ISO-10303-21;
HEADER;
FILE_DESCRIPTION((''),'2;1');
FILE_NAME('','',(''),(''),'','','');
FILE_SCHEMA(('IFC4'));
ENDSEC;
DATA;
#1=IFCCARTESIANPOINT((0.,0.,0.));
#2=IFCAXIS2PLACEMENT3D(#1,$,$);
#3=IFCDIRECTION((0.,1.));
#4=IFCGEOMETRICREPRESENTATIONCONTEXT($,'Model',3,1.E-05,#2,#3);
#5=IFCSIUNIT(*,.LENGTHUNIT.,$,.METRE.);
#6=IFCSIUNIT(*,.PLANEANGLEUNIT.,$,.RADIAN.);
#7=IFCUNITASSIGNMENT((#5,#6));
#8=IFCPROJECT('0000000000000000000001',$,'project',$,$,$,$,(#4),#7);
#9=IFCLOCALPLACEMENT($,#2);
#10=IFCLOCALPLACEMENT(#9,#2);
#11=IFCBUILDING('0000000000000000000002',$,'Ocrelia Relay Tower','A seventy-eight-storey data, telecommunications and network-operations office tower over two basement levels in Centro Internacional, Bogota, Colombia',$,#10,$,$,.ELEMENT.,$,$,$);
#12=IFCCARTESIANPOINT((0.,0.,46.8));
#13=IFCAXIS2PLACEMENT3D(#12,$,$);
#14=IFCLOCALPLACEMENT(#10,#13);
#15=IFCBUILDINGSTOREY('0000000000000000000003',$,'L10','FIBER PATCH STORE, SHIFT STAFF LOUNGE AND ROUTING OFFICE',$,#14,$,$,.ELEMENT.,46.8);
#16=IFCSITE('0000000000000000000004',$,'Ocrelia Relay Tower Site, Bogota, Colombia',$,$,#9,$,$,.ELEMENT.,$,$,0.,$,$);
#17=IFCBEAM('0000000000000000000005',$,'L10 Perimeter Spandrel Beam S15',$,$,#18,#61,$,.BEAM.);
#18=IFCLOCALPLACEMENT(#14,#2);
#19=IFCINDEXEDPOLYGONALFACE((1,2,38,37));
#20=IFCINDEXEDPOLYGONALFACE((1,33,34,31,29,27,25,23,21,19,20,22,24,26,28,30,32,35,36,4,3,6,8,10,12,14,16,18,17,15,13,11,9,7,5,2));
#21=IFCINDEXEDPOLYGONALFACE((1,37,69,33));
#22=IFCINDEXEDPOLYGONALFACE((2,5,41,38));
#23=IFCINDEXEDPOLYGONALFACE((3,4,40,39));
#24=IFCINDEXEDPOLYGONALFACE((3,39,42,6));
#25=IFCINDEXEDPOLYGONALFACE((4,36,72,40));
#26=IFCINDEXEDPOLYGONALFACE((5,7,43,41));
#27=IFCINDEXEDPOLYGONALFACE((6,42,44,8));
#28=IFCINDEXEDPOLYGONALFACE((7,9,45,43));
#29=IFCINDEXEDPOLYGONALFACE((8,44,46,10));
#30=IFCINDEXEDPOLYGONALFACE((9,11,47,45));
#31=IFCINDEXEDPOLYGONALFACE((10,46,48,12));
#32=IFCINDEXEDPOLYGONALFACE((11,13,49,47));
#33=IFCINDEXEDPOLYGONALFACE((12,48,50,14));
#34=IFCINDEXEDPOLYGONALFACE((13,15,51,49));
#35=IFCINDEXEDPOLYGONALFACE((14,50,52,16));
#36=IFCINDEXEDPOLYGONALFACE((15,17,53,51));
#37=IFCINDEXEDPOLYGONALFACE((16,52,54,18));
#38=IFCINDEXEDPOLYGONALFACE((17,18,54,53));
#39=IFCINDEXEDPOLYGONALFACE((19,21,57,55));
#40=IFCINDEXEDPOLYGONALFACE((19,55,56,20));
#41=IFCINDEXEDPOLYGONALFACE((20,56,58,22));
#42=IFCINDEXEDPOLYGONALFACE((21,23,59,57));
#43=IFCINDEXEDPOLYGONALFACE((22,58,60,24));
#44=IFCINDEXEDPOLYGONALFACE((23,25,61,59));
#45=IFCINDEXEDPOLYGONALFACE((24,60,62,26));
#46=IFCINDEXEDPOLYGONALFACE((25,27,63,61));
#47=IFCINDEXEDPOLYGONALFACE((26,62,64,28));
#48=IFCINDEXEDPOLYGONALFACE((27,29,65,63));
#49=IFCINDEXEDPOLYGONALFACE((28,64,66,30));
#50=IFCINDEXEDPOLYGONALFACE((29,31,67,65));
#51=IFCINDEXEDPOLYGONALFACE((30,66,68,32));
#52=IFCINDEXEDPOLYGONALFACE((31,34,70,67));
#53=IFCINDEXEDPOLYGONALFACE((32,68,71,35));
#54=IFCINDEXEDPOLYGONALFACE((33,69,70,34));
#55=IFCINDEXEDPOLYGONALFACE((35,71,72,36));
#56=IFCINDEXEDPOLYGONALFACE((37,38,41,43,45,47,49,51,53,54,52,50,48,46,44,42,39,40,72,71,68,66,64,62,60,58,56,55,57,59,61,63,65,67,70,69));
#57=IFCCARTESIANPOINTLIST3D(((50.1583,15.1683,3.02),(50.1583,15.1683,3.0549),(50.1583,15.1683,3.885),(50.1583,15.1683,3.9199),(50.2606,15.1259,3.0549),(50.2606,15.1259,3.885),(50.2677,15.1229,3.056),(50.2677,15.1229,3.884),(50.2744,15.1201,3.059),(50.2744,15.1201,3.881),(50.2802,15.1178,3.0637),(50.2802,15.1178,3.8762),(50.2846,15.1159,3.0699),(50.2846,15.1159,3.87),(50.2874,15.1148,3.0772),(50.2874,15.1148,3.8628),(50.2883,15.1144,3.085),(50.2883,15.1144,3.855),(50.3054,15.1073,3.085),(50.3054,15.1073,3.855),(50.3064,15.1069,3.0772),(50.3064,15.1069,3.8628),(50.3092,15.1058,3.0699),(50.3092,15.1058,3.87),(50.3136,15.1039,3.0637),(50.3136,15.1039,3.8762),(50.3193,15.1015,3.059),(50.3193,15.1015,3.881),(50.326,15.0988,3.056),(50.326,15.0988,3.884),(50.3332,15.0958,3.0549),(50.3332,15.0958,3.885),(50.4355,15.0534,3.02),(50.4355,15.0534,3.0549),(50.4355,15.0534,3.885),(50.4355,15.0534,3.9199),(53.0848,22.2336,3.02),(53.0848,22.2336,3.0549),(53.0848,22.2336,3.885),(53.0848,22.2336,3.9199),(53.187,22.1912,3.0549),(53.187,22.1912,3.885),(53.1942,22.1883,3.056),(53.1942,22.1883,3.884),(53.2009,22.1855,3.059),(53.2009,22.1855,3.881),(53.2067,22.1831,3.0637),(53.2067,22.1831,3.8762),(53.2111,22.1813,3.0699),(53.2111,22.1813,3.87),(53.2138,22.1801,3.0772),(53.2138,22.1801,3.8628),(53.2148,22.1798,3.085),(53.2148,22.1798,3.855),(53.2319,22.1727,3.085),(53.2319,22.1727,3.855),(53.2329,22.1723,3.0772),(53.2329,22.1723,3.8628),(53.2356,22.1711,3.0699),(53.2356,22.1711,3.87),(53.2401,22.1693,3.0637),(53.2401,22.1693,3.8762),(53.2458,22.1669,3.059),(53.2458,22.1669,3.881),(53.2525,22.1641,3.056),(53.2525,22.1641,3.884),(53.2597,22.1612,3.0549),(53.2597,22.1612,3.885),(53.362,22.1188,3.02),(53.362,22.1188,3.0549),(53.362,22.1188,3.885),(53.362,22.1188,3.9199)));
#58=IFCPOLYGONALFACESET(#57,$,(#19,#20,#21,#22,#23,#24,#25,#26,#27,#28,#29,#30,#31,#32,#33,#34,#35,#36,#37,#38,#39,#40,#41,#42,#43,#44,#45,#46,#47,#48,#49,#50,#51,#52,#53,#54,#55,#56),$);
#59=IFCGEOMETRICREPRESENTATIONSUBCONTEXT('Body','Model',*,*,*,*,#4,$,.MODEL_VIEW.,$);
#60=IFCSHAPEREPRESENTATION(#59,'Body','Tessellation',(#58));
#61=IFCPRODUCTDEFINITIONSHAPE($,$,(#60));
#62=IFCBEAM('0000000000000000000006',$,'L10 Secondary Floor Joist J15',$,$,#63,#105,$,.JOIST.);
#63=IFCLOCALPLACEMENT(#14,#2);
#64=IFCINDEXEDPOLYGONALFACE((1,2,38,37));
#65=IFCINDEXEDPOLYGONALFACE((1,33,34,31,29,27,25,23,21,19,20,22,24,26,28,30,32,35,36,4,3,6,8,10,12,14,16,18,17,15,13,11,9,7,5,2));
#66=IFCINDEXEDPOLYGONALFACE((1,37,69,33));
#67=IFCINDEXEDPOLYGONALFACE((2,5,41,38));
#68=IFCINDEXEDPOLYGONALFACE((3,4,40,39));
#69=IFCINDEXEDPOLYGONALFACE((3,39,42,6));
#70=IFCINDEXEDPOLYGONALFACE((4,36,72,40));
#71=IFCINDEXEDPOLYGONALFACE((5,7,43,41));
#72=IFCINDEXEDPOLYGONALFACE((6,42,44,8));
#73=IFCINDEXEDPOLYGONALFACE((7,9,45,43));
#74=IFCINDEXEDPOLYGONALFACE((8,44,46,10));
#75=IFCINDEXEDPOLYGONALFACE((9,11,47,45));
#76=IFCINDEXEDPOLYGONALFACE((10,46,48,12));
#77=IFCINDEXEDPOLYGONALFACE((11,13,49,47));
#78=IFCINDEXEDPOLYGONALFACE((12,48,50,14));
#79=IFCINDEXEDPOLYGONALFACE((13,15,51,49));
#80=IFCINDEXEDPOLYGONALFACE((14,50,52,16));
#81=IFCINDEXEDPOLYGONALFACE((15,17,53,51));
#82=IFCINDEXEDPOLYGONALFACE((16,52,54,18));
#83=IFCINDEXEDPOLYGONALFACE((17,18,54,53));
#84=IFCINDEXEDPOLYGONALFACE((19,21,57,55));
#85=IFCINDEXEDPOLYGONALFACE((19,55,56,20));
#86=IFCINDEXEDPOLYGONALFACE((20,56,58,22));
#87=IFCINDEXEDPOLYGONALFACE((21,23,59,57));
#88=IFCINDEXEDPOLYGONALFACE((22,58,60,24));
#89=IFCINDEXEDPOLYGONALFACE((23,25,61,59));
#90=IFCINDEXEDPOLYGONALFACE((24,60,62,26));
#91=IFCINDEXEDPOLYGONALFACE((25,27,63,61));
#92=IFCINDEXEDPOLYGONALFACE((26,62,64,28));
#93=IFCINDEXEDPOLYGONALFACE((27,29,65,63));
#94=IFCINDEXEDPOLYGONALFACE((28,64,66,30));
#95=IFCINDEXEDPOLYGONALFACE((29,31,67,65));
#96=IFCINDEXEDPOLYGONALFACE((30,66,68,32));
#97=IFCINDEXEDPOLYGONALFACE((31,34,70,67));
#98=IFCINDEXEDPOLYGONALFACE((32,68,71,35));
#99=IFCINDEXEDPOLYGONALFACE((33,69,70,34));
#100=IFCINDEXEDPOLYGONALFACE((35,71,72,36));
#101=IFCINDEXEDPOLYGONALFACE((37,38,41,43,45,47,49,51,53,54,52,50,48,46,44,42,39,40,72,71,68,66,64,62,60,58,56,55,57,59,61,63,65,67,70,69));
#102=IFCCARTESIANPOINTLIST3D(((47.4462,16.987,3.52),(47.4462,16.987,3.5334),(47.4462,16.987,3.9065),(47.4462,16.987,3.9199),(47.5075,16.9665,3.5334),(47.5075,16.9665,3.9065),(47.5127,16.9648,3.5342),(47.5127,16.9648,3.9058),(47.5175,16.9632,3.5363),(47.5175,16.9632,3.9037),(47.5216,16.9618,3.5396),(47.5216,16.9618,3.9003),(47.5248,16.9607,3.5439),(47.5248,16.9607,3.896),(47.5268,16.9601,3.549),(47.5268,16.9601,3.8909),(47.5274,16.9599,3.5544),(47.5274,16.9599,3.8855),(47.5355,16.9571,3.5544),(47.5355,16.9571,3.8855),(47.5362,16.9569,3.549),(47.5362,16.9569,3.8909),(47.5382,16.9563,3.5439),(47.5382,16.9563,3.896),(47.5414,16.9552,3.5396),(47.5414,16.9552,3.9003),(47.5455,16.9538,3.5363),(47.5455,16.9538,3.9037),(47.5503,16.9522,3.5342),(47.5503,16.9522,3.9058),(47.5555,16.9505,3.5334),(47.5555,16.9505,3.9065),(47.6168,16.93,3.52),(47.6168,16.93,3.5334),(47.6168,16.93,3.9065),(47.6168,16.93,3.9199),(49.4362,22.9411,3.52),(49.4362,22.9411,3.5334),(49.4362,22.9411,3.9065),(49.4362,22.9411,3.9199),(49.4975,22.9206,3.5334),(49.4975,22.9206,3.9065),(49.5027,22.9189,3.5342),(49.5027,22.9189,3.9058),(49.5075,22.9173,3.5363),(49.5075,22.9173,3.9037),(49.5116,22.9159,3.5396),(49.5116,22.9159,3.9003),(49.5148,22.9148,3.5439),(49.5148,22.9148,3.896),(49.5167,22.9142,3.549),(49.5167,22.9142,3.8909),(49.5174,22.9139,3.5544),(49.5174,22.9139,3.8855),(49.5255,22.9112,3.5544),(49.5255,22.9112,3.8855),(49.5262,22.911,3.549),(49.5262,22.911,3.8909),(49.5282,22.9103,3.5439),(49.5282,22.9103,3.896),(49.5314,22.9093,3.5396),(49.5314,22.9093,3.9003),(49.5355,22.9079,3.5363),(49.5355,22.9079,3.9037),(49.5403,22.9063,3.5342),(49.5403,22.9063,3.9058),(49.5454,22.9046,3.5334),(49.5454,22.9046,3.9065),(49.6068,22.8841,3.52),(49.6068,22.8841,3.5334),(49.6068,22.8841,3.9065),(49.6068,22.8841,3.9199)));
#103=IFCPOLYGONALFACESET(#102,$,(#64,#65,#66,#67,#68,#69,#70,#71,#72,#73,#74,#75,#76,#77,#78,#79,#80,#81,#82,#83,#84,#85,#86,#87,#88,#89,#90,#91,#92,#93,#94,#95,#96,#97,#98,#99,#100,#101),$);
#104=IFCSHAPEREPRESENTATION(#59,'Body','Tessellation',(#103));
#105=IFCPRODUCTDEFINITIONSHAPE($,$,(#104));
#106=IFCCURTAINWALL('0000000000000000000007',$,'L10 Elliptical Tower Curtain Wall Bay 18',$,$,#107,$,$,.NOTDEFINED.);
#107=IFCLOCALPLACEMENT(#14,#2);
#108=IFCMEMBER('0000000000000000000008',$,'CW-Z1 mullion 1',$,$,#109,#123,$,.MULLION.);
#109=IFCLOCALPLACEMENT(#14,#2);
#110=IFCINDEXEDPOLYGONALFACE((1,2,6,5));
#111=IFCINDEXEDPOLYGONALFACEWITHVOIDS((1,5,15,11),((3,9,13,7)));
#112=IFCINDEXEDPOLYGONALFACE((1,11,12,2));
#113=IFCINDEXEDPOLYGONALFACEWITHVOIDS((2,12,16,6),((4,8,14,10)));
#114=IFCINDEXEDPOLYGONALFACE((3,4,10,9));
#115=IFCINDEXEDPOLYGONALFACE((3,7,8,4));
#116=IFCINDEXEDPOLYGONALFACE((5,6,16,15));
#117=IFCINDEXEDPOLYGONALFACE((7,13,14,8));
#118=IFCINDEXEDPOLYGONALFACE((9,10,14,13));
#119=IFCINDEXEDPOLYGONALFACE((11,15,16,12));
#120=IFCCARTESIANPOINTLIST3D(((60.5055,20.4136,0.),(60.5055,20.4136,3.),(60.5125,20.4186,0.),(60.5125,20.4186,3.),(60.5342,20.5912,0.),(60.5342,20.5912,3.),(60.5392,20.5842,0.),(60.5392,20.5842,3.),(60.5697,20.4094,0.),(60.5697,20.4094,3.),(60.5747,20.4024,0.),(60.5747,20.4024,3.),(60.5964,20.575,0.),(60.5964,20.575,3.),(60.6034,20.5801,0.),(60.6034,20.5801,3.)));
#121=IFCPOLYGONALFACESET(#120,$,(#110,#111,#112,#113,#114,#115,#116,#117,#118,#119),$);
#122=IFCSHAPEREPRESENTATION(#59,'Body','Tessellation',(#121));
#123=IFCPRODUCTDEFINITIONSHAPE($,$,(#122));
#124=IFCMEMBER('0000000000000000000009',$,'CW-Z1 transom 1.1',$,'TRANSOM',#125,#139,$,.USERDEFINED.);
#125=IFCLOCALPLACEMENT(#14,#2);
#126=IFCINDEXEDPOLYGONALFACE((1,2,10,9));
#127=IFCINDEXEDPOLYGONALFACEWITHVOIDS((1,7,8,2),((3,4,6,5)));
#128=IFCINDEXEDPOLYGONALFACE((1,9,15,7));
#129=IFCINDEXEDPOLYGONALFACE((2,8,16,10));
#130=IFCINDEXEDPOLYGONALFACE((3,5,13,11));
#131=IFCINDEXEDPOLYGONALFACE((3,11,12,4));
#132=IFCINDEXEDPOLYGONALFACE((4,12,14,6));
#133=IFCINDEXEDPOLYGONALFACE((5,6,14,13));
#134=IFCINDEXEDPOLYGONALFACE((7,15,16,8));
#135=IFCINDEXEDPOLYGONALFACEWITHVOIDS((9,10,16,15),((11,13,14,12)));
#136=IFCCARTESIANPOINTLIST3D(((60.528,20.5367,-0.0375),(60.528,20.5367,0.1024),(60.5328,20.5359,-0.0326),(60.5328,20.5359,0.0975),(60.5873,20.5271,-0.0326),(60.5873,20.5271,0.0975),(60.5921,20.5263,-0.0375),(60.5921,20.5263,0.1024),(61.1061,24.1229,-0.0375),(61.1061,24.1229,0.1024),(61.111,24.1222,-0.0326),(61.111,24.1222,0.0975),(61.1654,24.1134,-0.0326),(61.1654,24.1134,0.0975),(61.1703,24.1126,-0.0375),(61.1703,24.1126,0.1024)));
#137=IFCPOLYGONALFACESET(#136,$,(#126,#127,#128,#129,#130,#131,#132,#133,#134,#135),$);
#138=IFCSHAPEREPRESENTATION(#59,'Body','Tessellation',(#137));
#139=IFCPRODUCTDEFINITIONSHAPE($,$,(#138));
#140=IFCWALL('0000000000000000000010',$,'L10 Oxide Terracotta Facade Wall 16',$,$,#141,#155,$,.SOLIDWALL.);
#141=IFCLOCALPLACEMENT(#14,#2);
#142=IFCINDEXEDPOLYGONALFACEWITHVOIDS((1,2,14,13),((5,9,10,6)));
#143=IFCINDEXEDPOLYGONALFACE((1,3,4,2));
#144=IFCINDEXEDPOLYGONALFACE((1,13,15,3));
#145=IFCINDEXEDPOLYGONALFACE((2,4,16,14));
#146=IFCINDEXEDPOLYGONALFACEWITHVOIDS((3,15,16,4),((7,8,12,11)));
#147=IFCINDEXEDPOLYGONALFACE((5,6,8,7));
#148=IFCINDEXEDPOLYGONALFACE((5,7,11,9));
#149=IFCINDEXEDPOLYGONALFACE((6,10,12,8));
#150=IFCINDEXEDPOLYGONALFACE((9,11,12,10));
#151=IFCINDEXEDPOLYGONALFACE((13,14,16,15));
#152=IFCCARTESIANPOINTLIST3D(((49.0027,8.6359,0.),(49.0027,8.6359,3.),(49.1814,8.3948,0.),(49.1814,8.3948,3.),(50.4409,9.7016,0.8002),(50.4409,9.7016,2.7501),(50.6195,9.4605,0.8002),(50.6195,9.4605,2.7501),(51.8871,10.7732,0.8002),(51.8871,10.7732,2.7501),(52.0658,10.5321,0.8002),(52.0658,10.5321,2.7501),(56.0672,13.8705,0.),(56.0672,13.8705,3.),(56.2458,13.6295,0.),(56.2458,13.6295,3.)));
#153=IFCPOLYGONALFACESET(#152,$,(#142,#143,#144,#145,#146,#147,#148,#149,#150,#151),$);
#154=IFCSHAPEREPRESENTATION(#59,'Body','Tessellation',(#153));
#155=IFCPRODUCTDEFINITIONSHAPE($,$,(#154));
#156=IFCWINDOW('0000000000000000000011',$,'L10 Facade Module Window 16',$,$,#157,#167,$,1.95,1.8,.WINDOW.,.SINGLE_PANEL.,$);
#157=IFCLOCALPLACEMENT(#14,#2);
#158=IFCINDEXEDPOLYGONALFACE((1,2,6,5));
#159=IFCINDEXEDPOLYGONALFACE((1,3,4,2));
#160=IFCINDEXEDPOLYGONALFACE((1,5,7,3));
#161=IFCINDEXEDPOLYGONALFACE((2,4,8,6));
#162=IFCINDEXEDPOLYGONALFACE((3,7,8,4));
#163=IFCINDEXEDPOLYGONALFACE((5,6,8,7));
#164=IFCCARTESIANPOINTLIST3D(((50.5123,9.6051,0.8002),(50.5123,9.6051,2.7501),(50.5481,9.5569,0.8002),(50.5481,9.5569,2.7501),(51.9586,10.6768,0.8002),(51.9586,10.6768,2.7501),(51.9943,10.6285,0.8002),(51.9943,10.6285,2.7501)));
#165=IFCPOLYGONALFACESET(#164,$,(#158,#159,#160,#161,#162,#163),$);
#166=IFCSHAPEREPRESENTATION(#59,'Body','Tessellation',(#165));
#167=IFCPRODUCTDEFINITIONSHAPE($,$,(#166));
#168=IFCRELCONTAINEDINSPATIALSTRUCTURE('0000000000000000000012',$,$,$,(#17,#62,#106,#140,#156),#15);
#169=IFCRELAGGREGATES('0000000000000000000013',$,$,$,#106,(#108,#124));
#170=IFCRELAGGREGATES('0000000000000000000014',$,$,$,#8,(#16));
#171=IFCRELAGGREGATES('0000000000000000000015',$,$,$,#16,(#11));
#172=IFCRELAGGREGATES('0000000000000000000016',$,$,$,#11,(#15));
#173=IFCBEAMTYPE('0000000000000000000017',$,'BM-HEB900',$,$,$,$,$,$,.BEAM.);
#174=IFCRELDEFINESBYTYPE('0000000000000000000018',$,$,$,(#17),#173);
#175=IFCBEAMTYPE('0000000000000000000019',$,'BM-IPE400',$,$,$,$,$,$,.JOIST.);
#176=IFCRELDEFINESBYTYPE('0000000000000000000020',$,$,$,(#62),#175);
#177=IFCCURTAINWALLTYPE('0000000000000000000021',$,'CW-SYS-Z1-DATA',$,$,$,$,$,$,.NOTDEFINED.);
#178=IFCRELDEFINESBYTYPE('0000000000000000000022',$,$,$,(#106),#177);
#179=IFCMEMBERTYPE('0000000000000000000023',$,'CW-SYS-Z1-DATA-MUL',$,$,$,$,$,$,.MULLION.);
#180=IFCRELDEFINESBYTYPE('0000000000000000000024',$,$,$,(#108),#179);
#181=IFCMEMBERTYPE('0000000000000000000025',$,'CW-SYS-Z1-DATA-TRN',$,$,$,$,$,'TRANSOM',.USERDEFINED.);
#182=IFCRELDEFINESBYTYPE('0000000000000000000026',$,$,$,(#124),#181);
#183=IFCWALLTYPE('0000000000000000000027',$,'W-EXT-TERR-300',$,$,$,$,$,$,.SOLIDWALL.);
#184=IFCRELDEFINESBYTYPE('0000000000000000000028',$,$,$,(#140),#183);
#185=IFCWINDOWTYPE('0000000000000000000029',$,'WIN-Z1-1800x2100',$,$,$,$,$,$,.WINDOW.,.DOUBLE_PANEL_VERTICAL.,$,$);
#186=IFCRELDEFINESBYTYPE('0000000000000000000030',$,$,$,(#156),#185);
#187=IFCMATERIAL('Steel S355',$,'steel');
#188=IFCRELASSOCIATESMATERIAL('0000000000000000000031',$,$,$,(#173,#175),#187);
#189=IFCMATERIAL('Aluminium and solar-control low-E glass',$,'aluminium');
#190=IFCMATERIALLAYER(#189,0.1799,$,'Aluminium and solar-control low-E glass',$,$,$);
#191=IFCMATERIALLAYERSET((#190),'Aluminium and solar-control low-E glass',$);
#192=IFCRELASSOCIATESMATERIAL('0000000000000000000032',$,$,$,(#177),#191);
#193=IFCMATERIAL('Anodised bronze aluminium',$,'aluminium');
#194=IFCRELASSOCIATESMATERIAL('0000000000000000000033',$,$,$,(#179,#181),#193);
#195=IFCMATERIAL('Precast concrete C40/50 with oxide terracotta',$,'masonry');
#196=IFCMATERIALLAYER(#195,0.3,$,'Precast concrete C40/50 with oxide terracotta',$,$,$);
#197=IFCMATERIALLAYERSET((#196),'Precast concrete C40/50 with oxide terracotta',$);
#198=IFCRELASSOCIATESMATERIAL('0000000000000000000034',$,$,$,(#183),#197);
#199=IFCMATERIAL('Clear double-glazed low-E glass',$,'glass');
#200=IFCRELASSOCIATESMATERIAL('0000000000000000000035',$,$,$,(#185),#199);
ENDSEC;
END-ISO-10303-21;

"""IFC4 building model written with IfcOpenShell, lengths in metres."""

from ifc_helpers import new_model, si_unit, direction, frame, frame_2d, origin, origin_2d, place, context, subcontext, project, spatial, rectangle, hollow_rectangle, i_section, extrude, material, layer, layer_set, material_profile, profile_set, type_object, element, fill, aggregate, save


model = new_model("IFC4")

# Units and contexts
model_context = context("Model", 3, precision=1e-05, world=origin(), true_north=direction((0.0, 1.0)))
body_context = subcontext(model_context, "Body", "Model", "MODEL_VIEW")
ifc_project = project(units=[si_unit("LENGTHUNIT", "METRE"), si_unit("PLANEANGLEUNIT", "RADIAN")], contexts=[model_context])

# Site, building, storey
site_placement = place(None, origin())
site = spatial("IfcSite", under=ifc_project, at=site_placement, Name="Ocrelia Relay Tower Site, Bogota, Colombia", CompositionType="ELEMENT", RefElevation=0.0)
building_placement = place(site_placement, origin())
building = spatial("IfcBuilding", under=site, at=building_placement, Name="Ocrelia Relay Tower", Description="A seventy-eight-storey data, telecommunications and network-operations office tower over two basement levels in Centro Internacional, Bogota, Colombia", CompositionType="ELEMENT")
storey_placement = place(building_placement, frame((0.0, 0.0, 46.8)))
storey = spatial("IfcBuildingStorey", under=building, at=storey_placement, Name="L10", Description="FIBER PATCH STORE, SHIFT STAFF LOUNGE AND ROUTING OFFICE", CompositionType="ELEMENT", Elevation=46.8)

# Beams
ifc_material_1 = material(Name="Steel S355", Category="steel")
ifc_material_profile_1 = material_profile(ifc_material_1, i_section(OverallWidth=0.3, OverallDepth=0.8999, WebThickness=0.0186, FlangeThickness=0.0349, FilletRadius=0.03, at=origin_2d()), Name="HEB 900")
ifc_profile_set_1 = profile_set([ifc_material_profile_1], Name="Steel S355")
beam_type_1 = type_object("IfcBeamType", Name="BM-HEB900", PredefinedType="BEAM", material=ifc_profile_set_1)
beam_1_placement = place(storey_placement, frame((50.2969, 15.1108, 3.47), z_axis=(0.382674, 0.923883, 0.0), x_axis=(-0.923883, 0.382674, 0.0)))
element("IfcBeam", 1, at=beam_1_placement, inside=storey, type_object=beam_type_1, Name="L10 Perimeter Spandrel Beam S15", PredefinedType="BEAM", context=body_context, shape_type="SweptSolid", body=[
    extrude(i_section(OverallWidth=0.3, OverallDepth=0.8999, WebThickness=0.0186, FlangeThickness=0.0349, FilletRadius=0.03, at=origin_2d()), origin(), (0.0, 0.0, 1.0), 7.6475),
])
ifc_material_profile_2 = material_profile(ifc_material_1, i_section(OverallWidth=0.1799, OverallDepth=0.3999, WebThickness=0.0085, FlangeThickness=0.0134, FilletRadius=0.021, at=origin_2d()), Name="IPE 400")
ifc_profile_set_2 = profile_set([ifc_material_profile_2], Name="Steel S355")
beam_type_2 = type_object("IfcBeamType", Name="BM-IPE400", PredefinedType="JOIST", material=ifc_profile_set_2)
beam_2_placement = place(storey_placement, frame((47.5315, 16.9585, 3.72), z_axis=(0.316986, 0.94843, 0.0), x_axis=(-0.94843, 0.316986, 0.0)))
element("IfcBeam", 2, at=beam_2_placement, inside=storey, type_object=beam_type_2, Name="L10 Secondary Floor Joist J15", PredefinedType="JOIST", context=body_context, shape_type="SweptSolid", body=[
    extrude(i_section(OverallWidth=0.1799, OverallDepth=0.3999, WebThickness=0.0085, FlangeThickness=0.0134, FilletRadius=0.021, at=origin_2d()), origin(), (0.0, 0.0, 1.0), 6.2778),
])

# Curtain wall, members
ifc_material_2 = material(Name="Aluminium and solar-control low-E glass", Category="aluminium")
ifc_layer_1 = layer(ifc_material_2, 0.1799, Name="Aluminium and solar-control low-E glass")
ifc_layer_set_1 = layer_set([ifc_layer_1], Name="Aluminium and solar-control low-E glass")
curtain_wall_type = type_object("IfcCurtainWallType", Name="CW-SYS-Z1-DATA", PredefinedType="NOTDEFINED", material=ifc_layer_set_1)
curtain_wall_placement = place(storey_placement, origin())
curtain_wall = element("IfcCurtainWall", 3, at=curtain_wall_placement, inside=storey, type_object=curtain_wall_type, Name="L10 Elliptical Tower Curtain Wall Bay 18", PredefinedType="NOTDEFINED")
ifc_material_3 = material(Name="Anodised bronze aluminium", Category="aluminium")
ifc_material_profile_3 = material_profile(ifc_material_3, hollow_rectangle(XDim=0.0701, YDim=0.1799, WallThickness=0.0061, at=origin_2d()), Name="CW-MUL-180x70")
ifc_profile_set_3 = profile_set([ifc_material_profile_3], Name="Anodised bronze aluminium")
member_type_1 = type_object("IfcMemberType", Name="CW-SYS-Z1-DATA-MUL", PredefinedType="MULLION", material=ifc_profile_set_3)
member_1_placement = place(storey_placement, frame((60.5544, 20.4968, 0.0), z_axis=(0.0, 0.0, 1.0), x_axis=(-0.987246, 0.159201, 0.0)))
member_1 = element("IfcMember", 4, at=member_1_placement, type_object=member_type_1, Name="CW-Z1 mullion 1", PredefinedType="MULLION", context=body_context, shape_type="SweptSolid", body=[
    extrude(hollow_rectangle(XDim=0.0701, YDim=0.1799, WallThickness=0.0061, at=origin_2d()), origin(), (0.0, 0.0, 1.0), 3.0),
])
ifc_material_profile_4 = material_profile(ifc_material_3, hollow_rectangle(XDim=0.0649, YDim=0.1399, WallThickness=0.0049, at=origin_2d()), Name="CW-TRN-140x65")
ifc_profile_set_4 = profile_set([ifc_material_profile_4], Name="Anodised bronze aluminium")
member_type_2 = type_object("IfcMemberType", Name="CW-SYS-Z1-DATA-TRN", ElementType="TRANSOM", PredefinedType="USERDEFINED", material=ifc_profile_set_4)
member_2_placement = place(storey_placement, frame((60.5601, 20.5315, 0.0325), z_axis=(0.159154, 0.987254, 0.0), x_axis=(-0.987254, 0.159154, 0.0)))
member_2 = element("IfcMember", 5, at=member_2_placement, type_object=member_type_2, Name="CW-Z1 transom 1.1", ObjectType="TRANSOM", PredefinedType="USERDEFINED", context=body_context, shape_type="SweptSolid", body=[
    extrude(hollow_rectangle(XDim=0.0649, YDim=0.1399, WallThickness=0.0049, at=origin_2d()), origin(), (0.0, 0.0, 1.0), 3.6326),
])
aggregate(curtain_wall, [member_1, member_2])

# Wall, opening, window
ifc_material_4 = material(Name="Precast concrete C40/50 with oxide terracotta", Category="masonry")
ifc_layer_2 = layer(ifc_material_4, 0.3, Name="Precast concrete C40/50 with oxide terracotta")
ifc_layer_set_2 = layer_set([ifc_layer_2], Name="Precast concrete C40/50 with oxide terracotta")
wall_type_1 = type_object("IfcWallType", Name="W-EXT-TERR-300", PredefinedType="SOLIDWALL", material=ifc_layer_set_2)
wall_1_placement = place(storey_placement, frame((49.092, 8.5154, 0.0), z_axis=(0.0, 0.0, 1.0), x_axis=(0.803465, 0.595352, 0.0)))
wall_1 = element("IfcWall", 6, at=wall_1_placement, inside=storey, type_object=wall_type_1, Name="L10 Oxide Terracotta Facade Wall 16", PredefinedType="SOLIDWALL", context=body_context, shape_type="SweptSolid", body=[
    extrude(rectangle(XDim=8.7925, YDim=0.3, at=frame_2d((4.3962, 0.0))), origin(), (0.0, 0.0, 1.0), 3.0),
])
opening_1_placement = place(wall_1_placement, frame((1.79, 0.0, 0.8)))
opening_1 = element("IfcOpeningElement", 7, at=opening_1_placement, cuts=wall_1, PredefinedType="OPENING", context=body_context, shape_type="SweptSolid", body=[
    extrude(rectangle(XDim=1.8, YDim=1.95, at=frame_2d((0.8999, 0.9751))), frame((0.0, 0.1602, 0.0), z_axis=(0.0, -1.0, 0.0), x_axis=(1.0, 0.0, 0.0)), (0.0, 0.0, 1.0), 0.3201),
])
ifc_material_5 = material(Name="Clear double-glazed low-E glass", Category="glass")
window_type = type_object("IfcWindowType", Name="WIN-Z1-1800x2100", PartitioningType="DOUBLE_PANEL_VERTICAL", PredefinedType="WINDOW", material=ifc_material_5)
window_1_placement = place(opening_1_placement, origin())
window_1 = element("IfcWindow", 8, at=window_1_placement, inside=storey, type_object=window_type, Name="L10 Facade Module Window 16", OverallHeight=1.95, OverallWidth=1.8, PartitioningType="SINGLE_PANEL", PredefinedType="WINDOW", context=body_context, shape_type="SweptSolid", body=[
    extrude(rectangle(XDim=1.8, YDim=1.95, at=frame_2d((0.8999, 0.9751))), frame((0.0, 0.03, 0.0), z_axis=(0.0, -1.0, 0.0), x_axis=(1.0, 0.0, 0.0)), (0.0, 0.0, 1.0), 0.0601),
])
fill(opening_1, window_1)

save(model, "model.ifc")
